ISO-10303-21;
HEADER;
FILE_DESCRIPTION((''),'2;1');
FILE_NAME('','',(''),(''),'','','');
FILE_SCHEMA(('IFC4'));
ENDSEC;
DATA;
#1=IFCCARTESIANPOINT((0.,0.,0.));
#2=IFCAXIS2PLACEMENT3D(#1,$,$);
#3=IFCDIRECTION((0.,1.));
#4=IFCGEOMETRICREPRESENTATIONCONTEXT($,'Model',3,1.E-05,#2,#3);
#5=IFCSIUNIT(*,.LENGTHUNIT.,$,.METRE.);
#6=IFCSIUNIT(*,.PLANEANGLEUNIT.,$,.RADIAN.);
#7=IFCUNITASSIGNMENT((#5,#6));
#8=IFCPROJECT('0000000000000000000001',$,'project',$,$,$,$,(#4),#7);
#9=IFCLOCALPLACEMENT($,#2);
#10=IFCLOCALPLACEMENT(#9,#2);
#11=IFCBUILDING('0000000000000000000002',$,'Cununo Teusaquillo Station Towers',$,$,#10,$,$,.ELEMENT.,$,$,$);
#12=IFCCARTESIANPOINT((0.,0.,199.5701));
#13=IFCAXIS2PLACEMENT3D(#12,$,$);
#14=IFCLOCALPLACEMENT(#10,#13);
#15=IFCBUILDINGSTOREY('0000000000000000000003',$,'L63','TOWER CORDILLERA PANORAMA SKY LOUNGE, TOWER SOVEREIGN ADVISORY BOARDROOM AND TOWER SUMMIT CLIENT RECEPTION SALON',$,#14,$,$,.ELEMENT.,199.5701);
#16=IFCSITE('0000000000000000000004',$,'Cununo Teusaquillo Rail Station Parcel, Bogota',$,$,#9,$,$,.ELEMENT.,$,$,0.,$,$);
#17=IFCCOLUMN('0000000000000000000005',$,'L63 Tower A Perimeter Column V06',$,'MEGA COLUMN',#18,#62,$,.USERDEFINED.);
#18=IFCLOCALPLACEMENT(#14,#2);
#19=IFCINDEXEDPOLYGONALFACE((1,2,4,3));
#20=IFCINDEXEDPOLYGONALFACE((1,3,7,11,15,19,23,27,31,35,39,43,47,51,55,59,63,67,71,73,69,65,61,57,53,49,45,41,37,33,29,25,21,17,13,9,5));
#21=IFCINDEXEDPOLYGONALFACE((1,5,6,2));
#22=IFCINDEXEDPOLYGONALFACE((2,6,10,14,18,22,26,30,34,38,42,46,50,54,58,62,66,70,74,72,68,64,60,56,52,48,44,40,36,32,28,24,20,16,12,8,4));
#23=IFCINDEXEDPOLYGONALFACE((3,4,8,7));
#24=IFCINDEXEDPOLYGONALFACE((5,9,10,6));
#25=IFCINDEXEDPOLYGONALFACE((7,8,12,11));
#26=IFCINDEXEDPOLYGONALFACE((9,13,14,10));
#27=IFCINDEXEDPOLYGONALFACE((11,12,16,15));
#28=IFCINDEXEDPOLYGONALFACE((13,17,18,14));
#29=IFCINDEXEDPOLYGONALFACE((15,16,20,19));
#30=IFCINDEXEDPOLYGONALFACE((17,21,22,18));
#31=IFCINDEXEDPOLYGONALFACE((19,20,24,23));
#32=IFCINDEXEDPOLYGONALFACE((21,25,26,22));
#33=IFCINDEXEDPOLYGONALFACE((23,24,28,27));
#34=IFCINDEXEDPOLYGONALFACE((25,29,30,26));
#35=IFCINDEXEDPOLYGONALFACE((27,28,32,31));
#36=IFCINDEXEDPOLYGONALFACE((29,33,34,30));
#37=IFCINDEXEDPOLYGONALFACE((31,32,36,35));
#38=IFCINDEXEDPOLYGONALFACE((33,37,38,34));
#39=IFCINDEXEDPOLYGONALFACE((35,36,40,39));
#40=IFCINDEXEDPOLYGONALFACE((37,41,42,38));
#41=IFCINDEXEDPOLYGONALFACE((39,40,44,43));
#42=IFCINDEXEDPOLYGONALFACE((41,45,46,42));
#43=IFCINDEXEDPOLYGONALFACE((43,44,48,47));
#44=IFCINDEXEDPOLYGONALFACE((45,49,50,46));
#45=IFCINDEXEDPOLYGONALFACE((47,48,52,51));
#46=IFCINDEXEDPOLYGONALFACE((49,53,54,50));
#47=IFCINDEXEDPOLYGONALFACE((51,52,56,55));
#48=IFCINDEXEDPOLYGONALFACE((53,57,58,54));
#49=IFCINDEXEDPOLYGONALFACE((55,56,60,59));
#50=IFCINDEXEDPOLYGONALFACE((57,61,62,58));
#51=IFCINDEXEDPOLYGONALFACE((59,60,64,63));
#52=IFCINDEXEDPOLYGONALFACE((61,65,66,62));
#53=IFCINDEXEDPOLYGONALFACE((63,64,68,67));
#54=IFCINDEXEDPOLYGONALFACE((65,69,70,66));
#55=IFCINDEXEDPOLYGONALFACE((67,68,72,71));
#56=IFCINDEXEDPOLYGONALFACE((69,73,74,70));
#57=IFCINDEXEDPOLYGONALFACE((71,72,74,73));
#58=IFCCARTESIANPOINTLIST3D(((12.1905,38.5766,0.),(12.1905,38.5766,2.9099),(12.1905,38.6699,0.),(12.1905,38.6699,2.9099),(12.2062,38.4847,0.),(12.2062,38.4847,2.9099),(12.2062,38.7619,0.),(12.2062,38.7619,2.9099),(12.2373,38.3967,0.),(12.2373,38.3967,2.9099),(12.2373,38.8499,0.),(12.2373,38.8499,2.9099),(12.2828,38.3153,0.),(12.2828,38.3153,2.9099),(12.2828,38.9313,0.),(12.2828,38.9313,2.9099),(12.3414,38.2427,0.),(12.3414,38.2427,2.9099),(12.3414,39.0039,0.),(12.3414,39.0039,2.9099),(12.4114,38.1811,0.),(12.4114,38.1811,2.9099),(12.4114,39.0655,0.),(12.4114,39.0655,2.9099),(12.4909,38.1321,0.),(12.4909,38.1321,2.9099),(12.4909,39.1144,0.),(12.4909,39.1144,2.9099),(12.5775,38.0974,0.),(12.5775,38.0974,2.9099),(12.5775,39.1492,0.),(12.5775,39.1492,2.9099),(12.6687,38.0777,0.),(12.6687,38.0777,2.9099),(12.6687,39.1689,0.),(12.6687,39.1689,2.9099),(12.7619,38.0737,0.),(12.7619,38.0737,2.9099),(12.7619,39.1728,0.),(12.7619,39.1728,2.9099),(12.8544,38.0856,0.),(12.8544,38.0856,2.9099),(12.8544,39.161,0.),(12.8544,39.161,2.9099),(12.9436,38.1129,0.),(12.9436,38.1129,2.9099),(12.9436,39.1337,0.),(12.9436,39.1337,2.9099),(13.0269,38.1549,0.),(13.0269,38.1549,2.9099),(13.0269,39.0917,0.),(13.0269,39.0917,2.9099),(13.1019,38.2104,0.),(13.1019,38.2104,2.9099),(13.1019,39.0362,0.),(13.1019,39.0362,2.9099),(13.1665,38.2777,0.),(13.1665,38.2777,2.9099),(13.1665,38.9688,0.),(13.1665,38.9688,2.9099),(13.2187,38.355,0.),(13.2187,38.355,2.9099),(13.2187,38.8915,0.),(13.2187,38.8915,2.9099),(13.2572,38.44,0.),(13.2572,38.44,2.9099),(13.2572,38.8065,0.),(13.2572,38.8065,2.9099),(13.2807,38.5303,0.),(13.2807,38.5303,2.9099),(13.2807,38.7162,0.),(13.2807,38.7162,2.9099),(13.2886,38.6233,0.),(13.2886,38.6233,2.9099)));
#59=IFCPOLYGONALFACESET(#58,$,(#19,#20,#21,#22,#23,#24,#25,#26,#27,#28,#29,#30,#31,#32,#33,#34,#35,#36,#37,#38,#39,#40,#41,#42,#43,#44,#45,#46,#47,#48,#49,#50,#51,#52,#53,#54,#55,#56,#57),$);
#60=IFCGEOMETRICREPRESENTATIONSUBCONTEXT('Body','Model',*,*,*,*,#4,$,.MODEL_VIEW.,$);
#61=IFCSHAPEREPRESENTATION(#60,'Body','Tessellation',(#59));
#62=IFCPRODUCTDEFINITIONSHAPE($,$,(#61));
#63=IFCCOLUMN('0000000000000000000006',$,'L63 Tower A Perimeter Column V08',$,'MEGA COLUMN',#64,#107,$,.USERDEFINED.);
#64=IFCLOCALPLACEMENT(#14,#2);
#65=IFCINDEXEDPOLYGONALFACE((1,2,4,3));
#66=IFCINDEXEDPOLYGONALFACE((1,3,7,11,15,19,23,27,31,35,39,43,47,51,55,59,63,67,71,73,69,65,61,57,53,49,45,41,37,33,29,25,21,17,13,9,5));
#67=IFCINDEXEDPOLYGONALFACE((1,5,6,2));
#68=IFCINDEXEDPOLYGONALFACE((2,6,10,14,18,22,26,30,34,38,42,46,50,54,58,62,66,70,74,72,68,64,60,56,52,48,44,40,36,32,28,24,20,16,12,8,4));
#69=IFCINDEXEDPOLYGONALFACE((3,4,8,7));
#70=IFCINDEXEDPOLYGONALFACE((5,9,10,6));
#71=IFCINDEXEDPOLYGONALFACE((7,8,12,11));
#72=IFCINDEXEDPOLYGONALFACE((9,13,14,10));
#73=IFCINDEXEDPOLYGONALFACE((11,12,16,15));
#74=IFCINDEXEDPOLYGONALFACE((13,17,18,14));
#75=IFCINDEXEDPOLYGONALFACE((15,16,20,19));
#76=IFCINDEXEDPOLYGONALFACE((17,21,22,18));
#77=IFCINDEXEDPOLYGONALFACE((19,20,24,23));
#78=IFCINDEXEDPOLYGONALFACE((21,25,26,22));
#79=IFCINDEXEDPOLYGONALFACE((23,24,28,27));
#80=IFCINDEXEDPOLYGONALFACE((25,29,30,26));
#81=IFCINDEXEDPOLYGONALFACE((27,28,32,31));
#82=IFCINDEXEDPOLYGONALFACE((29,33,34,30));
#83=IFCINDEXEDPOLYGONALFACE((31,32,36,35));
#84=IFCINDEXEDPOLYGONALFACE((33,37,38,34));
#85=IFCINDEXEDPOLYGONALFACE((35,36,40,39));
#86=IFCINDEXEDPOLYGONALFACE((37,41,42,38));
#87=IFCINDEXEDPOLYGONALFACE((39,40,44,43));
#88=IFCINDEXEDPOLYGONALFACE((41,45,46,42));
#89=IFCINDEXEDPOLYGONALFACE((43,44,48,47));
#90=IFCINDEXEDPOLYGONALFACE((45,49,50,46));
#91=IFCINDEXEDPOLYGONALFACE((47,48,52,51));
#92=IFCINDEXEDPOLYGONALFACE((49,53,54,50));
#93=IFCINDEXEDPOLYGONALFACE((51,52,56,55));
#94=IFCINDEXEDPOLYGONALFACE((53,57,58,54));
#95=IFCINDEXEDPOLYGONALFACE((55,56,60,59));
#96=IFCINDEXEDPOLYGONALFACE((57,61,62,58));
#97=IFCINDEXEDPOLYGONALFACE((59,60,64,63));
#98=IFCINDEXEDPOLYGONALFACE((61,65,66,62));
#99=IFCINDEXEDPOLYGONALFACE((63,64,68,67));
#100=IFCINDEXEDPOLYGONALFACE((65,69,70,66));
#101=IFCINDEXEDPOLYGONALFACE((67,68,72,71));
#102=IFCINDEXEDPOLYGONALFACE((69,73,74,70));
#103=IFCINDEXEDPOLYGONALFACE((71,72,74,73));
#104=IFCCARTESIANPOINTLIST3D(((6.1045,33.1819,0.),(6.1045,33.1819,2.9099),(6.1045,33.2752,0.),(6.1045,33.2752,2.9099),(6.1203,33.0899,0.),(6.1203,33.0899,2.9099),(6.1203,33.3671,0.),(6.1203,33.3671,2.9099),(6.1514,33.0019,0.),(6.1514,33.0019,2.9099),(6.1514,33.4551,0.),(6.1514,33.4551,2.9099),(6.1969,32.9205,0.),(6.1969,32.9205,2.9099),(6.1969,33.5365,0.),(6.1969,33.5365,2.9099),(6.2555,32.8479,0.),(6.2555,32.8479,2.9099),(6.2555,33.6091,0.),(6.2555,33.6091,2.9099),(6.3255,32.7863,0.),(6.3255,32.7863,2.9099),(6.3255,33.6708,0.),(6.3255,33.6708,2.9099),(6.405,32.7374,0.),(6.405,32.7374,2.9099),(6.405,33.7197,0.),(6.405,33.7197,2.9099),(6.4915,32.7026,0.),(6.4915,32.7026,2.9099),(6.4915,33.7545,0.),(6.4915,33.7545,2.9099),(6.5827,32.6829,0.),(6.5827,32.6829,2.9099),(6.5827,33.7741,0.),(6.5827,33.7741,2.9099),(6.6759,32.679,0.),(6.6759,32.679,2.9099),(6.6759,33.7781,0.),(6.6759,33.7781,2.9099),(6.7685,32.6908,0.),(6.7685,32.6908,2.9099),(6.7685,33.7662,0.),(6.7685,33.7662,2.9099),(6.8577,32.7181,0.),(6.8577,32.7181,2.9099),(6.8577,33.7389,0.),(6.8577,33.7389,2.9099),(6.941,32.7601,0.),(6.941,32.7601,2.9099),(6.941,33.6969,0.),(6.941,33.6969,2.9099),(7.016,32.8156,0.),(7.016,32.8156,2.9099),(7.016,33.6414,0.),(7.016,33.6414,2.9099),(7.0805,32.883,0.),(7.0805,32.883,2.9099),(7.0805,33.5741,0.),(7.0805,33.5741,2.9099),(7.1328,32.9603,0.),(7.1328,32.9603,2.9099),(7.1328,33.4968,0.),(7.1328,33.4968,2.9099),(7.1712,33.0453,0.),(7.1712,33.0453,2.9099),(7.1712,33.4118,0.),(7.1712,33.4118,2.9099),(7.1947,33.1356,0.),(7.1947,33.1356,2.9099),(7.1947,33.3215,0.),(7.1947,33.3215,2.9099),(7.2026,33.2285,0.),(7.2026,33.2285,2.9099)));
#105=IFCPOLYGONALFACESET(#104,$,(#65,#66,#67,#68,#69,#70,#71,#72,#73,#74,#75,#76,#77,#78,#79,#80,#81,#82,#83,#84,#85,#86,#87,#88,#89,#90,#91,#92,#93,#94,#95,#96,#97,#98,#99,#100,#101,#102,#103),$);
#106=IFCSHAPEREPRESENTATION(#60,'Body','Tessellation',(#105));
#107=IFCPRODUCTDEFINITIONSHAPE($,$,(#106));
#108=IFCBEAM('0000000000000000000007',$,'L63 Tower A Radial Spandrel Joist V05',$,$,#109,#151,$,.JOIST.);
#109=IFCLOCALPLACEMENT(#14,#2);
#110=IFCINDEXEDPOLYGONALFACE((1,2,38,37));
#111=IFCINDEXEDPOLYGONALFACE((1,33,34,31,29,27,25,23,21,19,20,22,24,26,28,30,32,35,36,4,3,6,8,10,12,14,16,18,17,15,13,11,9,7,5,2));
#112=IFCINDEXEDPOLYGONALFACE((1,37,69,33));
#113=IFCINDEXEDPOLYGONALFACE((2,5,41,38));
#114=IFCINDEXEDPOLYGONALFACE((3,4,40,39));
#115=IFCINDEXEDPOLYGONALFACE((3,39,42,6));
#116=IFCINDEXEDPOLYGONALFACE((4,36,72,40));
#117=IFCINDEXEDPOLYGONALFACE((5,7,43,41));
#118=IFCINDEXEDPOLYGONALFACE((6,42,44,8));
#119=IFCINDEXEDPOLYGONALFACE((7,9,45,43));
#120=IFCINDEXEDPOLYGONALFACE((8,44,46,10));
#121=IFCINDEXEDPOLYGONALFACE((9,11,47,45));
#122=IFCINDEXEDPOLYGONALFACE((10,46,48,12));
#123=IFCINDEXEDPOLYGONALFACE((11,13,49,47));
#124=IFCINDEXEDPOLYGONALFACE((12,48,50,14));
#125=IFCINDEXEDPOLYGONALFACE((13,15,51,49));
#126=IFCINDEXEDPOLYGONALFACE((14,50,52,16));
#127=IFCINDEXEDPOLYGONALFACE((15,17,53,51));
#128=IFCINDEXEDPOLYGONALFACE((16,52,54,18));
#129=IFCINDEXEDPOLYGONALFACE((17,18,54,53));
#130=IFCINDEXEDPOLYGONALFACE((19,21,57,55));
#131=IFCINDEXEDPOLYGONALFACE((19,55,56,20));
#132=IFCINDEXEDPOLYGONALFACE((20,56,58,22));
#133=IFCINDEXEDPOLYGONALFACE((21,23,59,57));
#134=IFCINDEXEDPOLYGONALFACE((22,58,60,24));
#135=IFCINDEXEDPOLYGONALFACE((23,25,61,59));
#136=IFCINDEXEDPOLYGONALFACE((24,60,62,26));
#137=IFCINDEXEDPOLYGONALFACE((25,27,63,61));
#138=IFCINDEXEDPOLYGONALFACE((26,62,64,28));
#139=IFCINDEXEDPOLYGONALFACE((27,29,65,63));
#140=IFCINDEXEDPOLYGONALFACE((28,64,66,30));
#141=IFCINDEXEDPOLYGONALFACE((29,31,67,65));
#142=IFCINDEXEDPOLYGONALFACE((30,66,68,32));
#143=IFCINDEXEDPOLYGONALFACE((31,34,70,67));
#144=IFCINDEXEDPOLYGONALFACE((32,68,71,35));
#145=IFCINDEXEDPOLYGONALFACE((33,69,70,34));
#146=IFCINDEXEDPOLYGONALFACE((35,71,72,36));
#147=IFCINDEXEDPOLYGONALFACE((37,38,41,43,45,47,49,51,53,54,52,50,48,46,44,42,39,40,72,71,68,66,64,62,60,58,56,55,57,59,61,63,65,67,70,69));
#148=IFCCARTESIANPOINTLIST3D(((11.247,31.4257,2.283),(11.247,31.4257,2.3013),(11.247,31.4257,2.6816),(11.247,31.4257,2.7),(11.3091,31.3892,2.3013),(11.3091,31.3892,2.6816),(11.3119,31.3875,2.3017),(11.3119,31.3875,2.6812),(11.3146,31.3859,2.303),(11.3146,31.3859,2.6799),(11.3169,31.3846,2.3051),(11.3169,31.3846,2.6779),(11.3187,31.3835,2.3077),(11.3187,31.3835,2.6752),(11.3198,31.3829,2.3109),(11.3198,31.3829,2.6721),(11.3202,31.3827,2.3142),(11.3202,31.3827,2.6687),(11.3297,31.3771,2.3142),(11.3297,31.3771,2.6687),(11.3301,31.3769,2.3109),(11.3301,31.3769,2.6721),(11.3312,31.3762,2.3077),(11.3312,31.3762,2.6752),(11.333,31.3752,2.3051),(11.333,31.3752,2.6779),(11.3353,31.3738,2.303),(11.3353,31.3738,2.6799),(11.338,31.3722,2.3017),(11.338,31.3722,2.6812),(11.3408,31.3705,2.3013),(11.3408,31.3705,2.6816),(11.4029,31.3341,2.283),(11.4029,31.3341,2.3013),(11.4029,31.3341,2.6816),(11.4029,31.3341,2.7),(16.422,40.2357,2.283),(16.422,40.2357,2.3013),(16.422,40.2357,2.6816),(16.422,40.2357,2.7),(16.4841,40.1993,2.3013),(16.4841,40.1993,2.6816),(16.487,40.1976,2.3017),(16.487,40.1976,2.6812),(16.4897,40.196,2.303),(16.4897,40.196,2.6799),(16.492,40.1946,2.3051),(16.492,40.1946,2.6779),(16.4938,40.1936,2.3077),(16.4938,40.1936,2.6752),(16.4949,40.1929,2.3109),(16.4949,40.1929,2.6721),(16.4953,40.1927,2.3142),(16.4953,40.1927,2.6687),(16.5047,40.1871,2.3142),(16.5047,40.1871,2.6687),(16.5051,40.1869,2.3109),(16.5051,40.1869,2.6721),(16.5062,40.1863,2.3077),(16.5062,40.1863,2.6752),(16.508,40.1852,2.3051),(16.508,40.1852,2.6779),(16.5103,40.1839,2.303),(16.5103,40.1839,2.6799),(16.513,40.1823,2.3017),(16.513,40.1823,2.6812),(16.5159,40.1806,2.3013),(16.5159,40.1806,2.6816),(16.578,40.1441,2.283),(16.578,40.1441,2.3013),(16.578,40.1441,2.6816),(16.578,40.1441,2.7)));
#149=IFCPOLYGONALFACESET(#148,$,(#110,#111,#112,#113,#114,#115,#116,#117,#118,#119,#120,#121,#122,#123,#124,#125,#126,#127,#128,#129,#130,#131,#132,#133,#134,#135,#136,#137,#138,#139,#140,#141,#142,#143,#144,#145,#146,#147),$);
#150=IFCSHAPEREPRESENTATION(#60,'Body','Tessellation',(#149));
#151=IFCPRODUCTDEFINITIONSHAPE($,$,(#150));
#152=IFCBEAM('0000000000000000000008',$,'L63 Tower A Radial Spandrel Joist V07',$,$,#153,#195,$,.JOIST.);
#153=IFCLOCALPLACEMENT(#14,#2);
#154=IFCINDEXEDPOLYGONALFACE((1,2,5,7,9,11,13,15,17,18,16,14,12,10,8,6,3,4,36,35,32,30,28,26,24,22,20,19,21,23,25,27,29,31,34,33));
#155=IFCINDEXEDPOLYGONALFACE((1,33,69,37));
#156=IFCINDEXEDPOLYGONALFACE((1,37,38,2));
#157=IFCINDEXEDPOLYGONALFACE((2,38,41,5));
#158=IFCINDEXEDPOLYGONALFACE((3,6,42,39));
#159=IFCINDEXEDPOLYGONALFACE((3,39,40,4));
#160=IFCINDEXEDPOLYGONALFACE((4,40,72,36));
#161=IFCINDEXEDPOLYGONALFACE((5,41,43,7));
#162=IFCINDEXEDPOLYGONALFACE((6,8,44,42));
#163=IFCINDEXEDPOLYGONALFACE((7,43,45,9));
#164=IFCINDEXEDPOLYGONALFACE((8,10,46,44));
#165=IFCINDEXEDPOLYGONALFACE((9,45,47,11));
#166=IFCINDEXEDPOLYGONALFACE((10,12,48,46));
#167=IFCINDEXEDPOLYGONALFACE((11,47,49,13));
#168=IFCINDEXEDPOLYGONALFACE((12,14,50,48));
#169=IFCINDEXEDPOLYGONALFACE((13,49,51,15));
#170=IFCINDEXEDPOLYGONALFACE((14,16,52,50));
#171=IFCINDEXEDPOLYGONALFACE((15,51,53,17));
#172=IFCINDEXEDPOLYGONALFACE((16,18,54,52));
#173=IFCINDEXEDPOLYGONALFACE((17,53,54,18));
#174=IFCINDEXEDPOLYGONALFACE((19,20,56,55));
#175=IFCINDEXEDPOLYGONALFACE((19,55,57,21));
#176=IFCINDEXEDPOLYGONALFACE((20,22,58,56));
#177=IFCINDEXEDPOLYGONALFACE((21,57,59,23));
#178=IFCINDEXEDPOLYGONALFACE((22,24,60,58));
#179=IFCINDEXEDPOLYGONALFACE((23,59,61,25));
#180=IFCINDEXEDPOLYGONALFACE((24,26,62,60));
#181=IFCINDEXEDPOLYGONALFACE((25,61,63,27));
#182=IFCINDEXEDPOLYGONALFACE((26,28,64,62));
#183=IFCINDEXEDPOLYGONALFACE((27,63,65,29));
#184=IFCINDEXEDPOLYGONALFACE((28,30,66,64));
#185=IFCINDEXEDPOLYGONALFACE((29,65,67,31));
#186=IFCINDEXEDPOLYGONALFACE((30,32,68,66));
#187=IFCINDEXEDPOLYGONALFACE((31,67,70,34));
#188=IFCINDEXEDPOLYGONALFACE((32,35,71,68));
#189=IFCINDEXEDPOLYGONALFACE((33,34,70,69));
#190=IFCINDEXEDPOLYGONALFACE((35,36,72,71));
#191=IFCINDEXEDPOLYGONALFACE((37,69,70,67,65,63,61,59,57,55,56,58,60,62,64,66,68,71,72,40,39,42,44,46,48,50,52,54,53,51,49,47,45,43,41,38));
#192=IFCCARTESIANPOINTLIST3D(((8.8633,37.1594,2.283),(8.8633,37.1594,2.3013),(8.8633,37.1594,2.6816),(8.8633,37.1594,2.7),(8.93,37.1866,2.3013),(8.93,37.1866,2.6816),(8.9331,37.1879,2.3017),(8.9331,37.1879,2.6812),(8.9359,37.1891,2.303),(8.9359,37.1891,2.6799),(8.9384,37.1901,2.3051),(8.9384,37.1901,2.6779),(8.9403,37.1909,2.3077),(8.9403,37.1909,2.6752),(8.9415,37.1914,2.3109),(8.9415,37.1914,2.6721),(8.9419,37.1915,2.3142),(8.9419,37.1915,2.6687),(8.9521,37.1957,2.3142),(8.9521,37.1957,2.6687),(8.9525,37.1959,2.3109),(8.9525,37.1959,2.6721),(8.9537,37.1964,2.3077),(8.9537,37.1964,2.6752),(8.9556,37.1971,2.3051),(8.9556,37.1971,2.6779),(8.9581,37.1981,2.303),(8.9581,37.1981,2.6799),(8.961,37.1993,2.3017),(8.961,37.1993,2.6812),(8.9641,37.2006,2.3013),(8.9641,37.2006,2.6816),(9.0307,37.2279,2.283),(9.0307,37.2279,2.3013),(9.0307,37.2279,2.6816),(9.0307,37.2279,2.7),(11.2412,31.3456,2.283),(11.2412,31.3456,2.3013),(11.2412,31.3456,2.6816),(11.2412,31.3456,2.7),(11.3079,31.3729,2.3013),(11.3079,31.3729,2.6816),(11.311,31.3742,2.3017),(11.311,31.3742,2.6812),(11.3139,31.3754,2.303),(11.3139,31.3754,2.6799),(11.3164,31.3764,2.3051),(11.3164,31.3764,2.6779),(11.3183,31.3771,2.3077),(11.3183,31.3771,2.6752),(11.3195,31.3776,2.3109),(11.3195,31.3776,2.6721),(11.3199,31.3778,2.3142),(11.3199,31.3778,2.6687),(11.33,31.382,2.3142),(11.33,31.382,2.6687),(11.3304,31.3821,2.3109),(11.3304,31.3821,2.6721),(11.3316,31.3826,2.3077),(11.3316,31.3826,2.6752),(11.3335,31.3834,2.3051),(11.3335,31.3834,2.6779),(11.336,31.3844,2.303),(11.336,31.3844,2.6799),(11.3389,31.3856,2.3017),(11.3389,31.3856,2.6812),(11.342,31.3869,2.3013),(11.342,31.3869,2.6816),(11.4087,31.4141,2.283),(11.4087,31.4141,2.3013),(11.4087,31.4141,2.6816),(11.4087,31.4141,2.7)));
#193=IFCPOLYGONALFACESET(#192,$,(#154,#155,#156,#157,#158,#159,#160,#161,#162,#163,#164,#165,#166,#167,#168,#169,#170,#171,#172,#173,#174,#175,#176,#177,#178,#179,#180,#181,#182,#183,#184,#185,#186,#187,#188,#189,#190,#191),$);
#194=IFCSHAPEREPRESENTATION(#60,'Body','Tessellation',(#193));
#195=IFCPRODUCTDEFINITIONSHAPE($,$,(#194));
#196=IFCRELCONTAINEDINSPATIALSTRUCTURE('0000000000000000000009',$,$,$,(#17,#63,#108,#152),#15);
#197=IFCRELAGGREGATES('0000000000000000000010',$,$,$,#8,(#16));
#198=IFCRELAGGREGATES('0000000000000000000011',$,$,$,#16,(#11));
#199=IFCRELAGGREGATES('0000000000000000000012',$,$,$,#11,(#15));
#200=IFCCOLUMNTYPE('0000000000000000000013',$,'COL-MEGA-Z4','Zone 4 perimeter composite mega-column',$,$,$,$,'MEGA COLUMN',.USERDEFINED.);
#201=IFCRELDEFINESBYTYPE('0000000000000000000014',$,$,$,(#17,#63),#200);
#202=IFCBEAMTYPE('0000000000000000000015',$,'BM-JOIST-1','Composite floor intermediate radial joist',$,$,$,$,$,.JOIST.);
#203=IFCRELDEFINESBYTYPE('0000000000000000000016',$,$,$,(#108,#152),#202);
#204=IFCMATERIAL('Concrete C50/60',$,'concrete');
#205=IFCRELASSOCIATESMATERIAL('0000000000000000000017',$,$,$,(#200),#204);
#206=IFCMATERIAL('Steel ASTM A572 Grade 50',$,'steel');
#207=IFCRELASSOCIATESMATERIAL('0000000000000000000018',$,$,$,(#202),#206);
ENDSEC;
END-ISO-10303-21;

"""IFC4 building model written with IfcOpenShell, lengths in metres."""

from ifc_helpers import new_model, si_unit, direction, frame, origin, origin_2d, place, context, subcontext, project, spatial, circle, i_section, extrude, material, material_profile, profile_set, type_object, element, save


model = new_model("IFC4")

# Units and contexts
model_context = context("Model", 3, precision=1e-05, world=origin(), true_north=direction((0.0, 1.0)))
body_context = subcontext(model_context, "Body", "Model", "MODEL_VIEW")
ifc_project = project(units=[si_unit("LENGTHUNIT", "METRE"), si_unit("PLANEANGLEUNIT", "RADIAN")], contexts=[model_context])

# Site, building, storey
site_placement = place(None, origin())
site = spatial("IfcSite", under=ifc_project, at=site_placement, Name="Cununo Teusaquillo Rail Station Parcel, Bogota", CompositionType="ELEMENT", RefElevation=0.0)
building_placement = place(site_placement, origin())
building = spatial("IfcBuilding", under=site, at=building_placement, Name="Cununo Teusaquillo Station Towers", CompositionType="ELEMENT")
storey_placement = place(building_placement, frame((0.0, 0.0, 199.5701)))
storey = spatial("IfcBuildingStorey", under=building, at=storey_placement, Name="L63", Description="TOWER CORDILLERA PANORAMA SKY LOUNGE, TOWER SOVEREIGN ADVISORY BOARDROOM AND TOWER SUMMIT CLIENT RECEPTION SALON", CompositionType="ELEMENT", Elevation=199.5701)

# Columns
ifc_material_1 = material(Name="Concrete C50/60", Category="concrete")
ifc_material_profile_1 = material_profile(ifc_material_1, circle(Radius=0.55, at=origin_2d()), Name="RC-CIRC-1100")
ifc_profile_set_1 = profile_set([ifc_material_profile_1], Name="Concrete C50/60")
column_type = type_object("IfcColumnType", Name="COL-MEGA-Z4", Description="Zone 4 perimeter composite mega-column", ElementType="MEGA COLUMN", PredefinedType="USERDEFINED", material=ifc_profile_set_1)
for number, where, z_axis, x_axis, name in (
    (1, (12.7385, 38.6233, 0.0), (0.0, 0.0, 1.0), (1.0, 0.0, 0.0), "L63 Tower A Perimeter Column V06"),
    (2, (6.6526, 33.2285, 0.0), (0.0, 0.0, 1.0), (1.0, 0.0, 0.0), "L63 Tower A Perimeter Column V08"),
):
    element("IfcColumn", number, at=place(storey_placement, frame(where, z_axis=z_axis, x_axis=x_axis)), inside=storey, type_object=column_type, Name=name, ObjectType="MEGA COLUMN", PredefinedType="USERDEFINED", context=body_context, shape_type="SweptSolid", body=[
        extrude(circle(Radius=0.55, at=origin_2d()), origin(), (0.0, 0.0, 1.0), 2.9099),
    ])

# Beams
ifc_material_2 = material(Name="Steel ASTM A572 Grade 50", Category="steel")
ifc_material_profile_2 = material_profile(ifc_material_2, i_section(OverallWidth=0.1809, OverallDepth=0.417, WebThickness=0.011, FlangeThickness=0.0183, FilletRadius=0.0129, at=origin_2d()), Name="W16X57")
ifc_profile_set_2 = profile_set([ifc_material_profile_2], Name="Steel ASTM A572 Grade 50")
beam_type_1 = type_object("IfcBeamType", Name="BM-JOIST-1", Description="Composite floor intermediate radial joist", PredefinedType="JOIST", material=ifc_profile_set_2)
beam_1_placement = place(storey_placement, frame((11.325, 31.3799, 2.4915), z_axis=(0.506486, 0.862248, 0.0), x_axis=(-0.862248, 0.506486, 0.0)))
element("IfcBeam", 3, at=beam_1_placement, inside=storey, type_object=beam_type_1, Name="L63 Tower A Radial Spandrel Joist V05", PredefinedType="JOIST", context=body_context, shape_type="SweptSolid", body=[
    extrude(i_section(OverallWidth=0.1809, OverallDepth=0.417, WebThickness=0.011, FlangeThickness=0.0183, FilletRadius=0.0129, at=origin_2d()), origin(), (0.0, 0.0, 1.0), 10.2175),
])
beam_2_placement = place(storey_placement, frame((11.325, 31.3799, 2.4915), z_axis=(-0.378577, 0.92557, 0.0), x_axis=(-0.92557, -0.378577, 0.0)))
element("IfcBeam", 4, at=beam_2_placement, inside=storey, type_object=beam_type_1, Name="L63 Tower A Radial Spandrel Joist V07", PredefinedType="JOIST", context=body_context, shape_type="SweptSolid", body=[
    extrude(i_section(OverallWidth=0.1809, OverallDepth=0.417, WebThickness=0.011, FlangeThickness=0.0183, FilletRadius=0.0129, at=origin_2d()), origin(), (0.0, 0.0, 1.0), 6.2812),
])

save(model, "model.ifc")
